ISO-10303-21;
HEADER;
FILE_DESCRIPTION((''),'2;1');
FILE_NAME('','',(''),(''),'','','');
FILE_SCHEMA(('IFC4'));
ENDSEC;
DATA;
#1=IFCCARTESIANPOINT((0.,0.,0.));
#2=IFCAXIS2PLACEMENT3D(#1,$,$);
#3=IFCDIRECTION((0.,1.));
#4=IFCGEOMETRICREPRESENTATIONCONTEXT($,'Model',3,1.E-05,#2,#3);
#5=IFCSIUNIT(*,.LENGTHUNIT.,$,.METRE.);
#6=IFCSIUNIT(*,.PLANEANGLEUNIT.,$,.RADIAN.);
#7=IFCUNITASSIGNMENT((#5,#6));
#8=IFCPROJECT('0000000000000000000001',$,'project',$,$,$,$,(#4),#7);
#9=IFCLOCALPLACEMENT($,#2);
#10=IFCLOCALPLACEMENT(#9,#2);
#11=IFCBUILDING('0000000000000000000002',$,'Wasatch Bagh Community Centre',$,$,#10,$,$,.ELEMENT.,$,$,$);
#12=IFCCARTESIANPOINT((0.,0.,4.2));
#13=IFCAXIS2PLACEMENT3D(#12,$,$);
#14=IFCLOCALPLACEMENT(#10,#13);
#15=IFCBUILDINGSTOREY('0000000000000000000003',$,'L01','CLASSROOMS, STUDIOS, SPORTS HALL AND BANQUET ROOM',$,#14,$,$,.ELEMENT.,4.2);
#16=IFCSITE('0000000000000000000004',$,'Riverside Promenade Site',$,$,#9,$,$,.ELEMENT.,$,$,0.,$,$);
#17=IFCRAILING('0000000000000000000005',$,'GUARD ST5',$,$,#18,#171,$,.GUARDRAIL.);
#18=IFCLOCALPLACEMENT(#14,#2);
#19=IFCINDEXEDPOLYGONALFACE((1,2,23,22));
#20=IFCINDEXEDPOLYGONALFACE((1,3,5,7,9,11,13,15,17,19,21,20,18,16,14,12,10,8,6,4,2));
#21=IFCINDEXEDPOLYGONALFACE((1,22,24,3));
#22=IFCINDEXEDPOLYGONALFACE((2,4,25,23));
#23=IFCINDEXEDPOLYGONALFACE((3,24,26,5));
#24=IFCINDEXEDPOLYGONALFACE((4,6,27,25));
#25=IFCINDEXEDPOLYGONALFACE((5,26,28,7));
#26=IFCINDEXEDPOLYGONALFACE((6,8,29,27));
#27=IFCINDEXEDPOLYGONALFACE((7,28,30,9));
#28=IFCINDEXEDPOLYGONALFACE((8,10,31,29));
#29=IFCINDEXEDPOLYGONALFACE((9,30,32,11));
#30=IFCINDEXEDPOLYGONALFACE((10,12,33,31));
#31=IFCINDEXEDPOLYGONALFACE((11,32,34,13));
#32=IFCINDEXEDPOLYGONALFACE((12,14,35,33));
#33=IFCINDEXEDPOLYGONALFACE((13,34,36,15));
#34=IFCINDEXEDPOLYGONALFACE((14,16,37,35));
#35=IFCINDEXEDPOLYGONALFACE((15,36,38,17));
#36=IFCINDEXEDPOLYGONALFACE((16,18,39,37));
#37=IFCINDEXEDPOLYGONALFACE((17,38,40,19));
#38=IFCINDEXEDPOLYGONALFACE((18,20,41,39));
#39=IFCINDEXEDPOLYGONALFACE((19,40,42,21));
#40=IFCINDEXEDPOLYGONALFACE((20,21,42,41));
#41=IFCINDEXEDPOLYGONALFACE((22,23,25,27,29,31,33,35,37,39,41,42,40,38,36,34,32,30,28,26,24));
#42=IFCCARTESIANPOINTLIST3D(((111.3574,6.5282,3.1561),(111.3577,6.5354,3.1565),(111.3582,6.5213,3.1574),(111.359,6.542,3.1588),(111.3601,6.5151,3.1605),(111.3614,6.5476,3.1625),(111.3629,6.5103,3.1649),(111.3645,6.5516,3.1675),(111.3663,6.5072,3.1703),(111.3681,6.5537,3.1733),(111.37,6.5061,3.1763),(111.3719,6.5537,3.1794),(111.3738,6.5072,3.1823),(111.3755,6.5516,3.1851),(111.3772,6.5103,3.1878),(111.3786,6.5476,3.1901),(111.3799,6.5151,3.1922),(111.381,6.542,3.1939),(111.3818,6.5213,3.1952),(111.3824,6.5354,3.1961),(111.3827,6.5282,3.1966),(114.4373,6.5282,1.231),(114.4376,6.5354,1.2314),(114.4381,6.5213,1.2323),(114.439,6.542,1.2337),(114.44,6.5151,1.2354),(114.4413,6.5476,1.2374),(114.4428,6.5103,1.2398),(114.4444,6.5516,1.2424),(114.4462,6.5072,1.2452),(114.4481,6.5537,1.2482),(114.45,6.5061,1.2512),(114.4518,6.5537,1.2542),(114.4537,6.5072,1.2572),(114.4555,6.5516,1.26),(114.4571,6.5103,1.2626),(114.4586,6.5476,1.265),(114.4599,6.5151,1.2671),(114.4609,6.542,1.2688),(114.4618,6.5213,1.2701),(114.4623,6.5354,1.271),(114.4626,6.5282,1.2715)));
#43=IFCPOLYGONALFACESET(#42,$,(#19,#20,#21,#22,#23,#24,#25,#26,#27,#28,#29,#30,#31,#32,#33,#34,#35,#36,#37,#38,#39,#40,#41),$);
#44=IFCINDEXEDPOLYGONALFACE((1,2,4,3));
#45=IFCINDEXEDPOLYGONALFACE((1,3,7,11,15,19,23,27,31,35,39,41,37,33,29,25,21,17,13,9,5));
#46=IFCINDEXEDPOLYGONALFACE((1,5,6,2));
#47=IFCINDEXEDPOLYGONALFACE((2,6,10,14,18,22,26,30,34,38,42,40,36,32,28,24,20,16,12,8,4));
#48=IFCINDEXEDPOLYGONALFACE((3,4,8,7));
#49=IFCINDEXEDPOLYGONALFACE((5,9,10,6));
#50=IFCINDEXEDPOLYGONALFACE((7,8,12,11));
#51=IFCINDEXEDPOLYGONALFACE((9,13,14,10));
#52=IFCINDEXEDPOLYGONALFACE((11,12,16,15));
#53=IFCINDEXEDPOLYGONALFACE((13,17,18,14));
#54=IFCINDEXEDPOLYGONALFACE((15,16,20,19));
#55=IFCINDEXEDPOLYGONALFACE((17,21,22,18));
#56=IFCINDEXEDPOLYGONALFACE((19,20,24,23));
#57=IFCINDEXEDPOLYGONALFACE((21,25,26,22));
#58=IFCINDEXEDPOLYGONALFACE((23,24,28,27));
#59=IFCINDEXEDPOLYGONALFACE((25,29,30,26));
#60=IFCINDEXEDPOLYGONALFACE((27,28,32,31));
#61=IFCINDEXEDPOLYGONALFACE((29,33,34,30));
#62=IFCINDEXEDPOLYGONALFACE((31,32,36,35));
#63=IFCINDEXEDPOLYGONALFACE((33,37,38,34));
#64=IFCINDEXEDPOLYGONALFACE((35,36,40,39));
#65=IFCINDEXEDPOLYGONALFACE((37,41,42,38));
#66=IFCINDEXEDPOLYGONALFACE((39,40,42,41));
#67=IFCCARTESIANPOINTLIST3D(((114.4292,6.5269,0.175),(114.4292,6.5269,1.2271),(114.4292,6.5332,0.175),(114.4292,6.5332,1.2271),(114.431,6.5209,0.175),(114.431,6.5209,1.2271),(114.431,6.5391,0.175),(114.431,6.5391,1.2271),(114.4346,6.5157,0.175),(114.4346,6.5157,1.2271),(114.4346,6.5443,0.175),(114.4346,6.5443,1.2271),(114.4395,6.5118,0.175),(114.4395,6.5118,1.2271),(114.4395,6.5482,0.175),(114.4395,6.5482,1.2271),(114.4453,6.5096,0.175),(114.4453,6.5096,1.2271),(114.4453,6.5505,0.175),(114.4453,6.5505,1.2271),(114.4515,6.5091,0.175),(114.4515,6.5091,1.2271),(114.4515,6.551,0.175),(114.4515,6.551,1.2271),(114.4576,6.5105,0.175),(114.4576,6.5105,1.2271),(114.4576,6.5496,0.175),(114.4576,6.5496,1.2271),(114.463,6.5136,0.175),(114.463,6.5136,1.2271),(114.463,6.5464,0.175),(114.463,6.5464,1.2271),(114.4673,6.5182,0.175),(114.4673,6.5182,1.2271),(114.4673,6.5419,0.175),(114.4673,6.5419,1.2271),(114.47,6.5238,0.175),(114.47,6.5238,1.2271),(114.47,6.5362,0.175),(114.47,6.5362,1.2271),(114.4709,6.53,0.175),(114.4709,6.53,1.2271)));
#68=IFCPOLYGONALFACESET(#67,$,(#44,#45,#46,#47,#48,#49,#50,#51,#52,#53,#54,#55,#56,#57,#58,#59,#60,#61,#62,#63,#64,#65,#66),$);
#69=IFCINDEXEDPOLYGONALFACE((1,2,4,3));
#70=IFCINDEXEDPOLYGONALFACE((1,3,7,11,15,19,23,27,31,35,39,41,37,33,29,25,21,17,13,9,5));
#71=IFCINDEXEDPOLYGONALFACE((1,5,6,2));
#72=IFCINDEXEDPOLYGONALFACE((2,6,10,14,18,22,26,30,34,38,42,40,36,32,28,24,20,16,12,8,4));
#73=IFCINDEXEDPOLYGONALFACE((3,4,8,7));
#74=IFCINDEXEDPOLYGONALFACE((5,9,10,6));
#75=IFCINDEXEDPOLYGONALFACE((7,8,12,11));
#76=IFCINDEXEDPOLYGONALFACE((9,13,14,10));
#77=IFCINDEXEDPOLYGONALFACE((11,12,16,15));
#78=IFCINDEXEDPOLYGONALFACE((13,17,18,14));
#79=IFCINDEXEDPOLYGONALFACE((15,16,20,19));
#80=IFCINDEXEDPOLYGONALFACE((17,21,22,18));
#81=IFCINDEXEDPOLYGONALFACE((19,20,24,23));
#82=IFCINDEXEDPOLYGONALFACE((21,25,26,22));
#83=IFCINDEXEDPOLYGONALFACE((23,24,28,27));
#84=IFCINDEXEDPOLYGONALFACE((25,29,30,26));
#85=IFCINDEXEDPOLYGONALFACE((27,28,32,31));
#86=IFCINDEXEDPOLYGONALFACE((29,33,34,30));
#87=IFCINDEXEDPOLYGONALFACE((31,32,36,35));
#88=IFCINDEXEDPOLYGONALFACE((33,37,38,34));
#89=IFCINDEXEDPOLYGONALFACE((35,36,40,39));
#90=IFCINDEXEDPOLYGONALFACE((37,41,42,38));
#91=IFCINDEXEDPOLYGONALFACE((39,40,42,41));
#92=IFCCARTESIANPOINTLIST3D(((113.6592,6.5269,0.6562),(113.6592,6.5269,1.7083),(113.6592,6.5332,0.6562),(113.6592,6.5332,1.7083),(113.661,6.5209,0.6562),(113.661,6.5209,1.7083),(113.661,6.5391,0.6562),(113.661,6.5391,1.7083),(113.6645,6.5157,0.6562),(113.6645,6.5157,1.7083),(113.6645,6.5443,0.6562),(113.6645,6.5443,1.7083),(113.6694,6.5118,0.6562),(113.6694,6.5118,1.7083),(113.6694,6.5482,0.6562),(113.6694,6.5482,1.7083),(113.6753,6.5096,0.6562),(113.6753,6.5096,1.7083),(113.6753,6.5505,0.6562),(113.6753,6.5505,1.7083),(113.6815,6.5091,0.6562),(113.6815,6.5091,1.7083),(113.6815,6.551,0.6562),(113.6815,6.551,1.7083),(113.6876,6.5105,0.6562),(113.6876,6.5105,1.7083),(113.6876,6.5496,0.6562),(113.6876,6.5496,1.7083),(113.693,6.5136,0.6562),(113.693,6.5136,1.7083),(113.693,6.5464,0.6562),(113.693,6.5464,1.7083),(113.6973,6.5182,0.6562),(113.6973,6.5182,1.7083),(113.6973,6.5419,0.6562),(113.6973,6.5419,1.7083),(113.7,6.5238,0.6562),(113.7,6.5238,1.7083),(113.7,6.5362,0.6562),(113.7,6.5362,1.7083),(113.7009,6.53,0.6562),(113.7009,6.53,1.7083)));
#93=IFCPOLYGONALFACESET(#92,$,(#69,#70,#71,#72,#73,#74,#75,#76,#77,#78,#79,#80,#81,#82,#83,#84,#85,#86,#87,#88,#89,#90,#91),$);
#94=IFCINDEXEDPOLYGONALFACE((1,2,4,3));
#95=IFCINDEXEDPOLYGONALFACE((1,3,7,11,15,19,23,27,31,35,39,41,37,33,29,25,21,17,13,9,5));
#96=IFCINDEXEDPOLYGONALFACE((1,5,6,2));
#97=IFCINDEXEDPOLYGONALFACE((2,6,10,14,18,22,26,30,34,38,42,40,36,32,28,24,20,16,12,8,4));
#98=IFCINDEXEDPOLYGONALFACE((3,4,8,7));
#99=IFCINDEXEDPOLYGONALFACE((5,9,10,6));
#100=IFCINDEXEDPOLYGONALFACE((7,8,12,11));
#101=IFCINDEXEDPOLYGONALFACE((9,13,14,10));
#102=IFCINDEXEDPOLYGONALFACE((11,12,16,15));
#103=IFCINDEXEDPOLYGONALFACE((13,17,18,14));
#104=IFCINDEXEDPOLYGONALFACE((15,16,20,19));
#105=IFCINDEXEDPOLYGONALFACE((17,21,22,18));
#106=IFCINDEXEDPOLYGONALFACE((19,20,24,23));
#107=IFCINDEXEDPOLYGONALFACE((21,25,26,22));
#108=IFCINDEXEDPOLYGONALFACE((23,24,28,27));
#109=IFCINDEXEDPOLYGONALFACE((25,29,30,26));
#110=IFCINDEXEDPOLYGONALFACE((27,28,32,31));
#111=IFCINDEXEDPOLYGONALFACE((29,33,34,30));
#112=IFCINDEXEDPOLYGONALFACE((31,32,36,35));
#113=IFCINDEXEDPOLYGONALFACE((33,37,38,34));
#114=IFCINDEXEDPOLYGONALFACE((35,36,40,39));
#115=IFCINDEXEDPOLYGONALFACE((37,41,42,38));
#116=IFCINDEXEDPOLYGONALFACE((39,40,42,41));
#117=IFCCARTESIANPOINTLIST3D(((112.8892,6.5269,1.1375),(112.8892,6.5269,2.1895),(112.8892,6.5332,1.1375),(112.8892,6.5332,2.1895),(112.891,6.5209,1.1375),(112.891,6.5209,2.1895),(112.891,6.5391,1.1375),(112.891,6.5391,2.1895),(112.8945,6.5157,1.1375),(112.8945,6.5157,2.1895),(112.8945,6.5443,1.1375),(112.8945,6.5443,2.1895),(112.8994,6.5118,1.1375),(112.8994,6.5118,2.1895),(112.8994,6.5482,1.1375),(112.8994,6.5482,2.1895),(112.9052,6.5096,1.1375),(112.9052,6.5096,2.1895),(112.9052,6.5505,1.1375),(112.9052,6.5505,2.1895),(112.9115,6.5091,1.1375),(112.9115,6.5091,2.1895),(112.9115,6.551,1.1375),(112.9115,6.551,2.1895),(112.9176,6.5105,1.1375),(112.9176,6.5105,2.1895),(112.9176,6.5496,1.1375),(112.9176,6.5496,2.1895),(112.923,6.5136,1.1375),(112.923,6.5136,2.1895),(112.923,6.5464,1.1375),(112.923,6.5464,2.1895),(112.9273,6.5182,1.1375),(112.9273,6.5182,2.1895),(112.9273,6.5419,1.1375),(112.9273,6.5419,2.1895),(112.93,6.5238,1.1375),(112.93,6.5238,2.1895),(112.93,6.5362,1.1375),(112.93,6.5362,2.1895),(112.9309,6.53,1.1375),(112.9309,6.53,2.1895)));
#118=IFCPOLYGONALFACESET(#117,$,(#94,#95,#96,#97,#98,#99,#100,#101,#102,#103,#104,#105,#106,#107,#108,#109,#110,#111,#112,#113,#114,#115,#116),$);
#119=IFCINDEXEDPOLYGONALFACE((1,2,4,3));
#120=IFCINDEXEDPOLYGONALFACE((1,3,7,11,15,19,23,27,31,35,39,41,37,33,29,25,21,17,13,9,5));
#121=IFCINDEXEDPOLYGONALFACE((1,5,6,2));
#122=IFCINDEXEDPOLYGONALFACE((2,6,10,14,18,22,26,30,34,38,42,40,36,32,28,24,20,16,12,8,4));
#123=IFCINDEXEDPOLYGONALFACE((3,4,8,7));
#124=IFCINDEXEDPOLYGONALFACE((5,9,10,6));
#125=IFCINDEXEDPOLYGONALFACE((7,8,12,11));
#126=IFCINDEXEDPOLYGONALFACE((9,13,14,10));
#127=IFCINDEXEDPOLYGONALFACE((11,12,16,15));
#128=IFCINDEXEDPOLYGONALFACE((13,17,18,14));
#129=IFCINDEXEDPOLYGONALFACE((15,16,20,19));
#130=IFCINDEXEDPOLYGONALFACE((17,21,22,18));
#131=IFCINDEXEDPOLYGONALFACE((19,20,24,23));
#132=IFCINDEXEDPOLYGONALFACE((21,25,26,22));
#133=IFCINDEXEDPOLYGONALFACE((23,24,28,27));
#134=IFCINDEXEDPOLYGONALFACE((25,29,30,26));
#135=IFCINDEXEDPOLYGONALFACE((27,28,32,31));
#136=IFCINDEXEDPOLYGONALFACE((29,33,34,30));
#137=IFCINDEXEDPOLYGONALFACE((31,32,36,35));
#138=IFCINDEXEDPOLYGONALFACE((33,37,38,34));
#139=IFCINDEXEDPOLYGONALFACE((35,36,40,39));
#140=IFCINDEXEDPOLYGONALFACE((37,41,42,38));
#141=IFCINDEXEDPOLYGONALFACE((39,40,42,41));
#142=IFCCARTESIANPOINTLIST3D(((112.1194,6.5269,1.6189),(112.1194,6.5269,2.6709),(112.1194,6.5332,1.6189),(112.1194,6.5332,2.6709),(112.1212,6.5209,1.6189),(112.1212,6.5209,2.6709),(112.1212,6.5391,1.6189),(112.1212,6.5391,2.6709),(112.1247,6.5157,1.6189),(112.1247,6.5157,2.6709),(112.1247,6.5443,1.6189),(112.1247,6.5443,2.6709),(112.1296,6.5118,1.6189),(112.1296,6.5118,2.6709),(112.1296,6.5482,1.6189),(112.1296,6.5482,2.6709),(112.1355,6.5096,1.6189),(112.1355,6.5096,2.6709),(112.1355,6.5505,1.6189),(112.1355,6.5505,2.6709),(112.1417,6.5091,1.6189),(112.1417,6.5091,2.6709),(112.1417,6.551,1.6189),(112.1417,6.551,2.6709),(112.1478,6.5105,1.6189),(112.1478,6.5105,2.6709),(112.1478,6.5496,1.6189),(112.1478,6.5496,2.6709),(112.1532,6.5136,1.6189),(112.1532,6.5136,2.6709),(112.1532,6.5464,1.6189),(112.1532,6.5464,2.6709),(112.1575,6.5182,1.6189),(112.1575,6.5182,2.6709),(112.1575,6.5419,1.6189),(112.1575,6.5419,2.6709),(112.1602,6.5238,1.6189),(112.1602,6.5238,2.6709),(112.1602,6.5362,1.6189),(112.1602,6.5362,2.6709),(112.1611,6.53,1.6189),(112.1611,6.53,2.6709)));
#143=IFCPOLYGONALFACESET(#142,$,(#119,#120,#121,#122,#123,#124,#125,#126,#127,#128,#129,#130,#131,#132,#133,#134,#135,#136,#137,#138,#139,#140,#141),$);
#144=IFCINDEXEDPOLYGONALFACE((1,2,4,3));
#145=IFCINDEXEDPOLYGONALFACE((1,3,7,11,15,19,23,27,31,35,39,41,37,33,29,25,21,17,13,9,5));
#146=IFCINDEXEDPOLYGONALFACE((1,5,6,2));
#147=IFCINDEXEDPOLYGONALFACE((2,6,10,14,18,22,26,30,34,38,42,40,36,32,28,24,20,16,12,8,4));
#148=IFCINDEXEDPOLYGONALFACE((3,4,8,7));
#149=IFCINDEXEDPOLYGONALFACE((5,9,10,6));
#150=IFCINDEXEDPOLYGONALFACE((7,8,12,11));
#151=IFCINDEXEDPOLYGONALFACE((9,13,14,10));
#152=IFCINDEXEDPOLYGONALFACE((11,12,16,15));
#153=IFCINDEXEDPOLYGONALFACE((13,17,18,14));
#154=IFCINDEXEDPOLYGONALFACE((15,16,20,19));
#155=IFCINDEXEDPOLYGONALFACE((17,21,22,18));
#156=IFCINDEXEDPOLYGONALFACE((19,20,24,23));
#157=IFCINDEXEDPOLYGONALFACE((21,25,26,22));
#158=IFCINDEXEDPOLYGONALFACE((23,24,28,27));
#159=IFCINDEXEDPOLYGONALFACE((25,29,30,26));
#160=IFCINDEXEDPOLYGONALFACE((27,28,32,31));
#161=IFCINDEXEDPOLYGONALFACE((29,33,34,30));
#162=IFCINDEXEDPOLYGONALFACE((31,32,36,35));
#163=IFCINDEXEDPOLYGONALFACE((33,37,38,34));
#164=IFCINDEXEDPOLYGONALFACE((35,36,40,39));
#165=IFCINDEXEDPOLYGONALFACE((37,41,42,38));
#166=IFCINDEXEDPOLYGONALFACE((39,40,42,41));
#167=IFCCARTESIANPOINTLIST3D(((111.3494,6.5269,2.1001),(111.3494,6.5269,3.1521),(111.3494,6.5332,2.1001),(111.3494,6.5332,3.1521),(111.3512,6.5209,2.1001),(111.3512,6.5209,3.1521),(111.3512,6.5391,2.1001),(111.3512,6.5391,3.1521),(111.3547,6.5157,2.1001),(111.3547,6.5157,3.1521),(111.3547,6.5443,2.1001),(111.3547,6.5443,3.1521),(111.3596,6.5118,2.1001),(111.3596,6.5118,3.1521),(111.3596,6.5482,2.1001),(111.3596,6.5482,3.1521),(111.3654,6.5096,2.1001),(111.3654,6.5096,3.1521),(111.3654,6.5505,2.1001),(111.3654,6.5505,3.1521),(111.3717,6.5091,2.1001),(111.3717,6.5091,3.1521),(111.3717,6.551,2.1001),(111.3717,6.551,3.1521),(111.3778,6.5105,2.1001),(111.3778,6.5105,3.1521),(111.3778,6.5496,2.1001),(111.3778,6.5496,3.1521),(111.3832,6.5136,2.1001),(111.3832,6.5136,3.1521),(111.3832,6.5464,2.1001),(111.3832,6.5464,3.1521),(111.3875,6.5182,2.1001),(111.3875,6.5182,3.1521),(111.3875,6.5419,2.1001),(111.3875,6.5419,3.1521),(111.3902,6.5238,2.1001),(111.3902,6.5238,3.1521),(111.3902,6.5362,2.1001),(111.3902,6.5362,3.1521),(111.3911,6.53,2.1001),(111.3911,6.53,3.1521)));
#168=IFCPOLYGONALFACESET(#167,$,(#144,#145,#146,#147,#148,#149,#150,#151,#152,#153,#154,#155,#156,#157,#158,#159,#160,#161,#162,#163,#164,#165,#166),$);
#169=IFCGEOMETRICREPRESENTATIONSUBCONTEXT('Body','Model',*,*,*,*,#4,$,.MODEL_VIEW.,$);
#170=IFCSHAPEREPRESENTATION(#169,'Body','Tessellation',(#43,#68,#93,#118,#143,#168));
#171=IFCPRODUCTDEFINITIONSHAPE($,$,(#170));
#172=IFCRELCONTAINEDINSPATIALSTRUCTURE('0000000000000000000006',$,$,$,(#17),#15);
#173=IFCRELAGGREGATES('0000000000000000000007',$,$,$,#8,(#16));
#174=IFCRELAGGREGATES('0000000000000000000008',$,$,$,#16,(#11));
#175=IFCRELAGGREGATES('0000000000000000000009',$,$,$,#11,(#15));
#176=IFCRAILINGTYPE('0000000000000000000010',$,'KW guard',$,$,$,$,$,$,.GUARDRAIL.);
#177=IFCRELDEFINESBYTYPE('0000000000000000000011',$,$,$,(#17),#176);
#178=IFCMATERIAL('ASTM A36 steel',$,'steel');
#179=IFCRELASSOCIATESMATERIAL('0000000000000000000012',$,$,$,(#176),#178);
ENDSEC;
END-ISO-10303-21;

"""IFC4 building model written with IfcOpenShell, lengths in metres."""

from ifc_helpers import new_model, si_unit, direction, frame, origin, origin_2d, place, context, subcontext, project, spatial, circle, extrude, material, type_object, element, save


model = new_model("IFC4")

# Units and contexts
model_context = context("Model", 3, precision=1e-05, world=origin(), true_north=direction((0.0, 1.0)))
body_context = subcontext(model_context, "Body", "Model", "MODEL_VIEW")
ifc_project = project(units=[si_unit("LENGTHUNIT", "METRE"), si_unit("PLANEANGLEUNIT", "RADIAN")], contexts=[model_context])

# Site, building, storey
site_placement = place(None, origin())
site = spatial("IfcSite", under=ifc_project, at=site_placement, Name="Riverside Promenade Site", CompositionType="ELEMENT", RefElevation=0.0)
building_placement = place(site_placement, origin())
building = spatial("IfcBuilding", under=site, at=building_placement, Name="Wasatch Bagh Community Centre", CompositionType="ELEMENT")
storey_placement = place(building_placement, frame((0.0, 0.0, 4.2)))
storey = spatial("IfcBuildingStorey", under=building, at=storey_placement, Name="L01", Description="CLASSROOMS, STUDIOS, SPORTS HALL AND BANQUET ROOM", CompositionType="ELEMENT", Elevation=4.2)

# Railing
ifc_material_1 = material(Name="ASTM A36 steel", Category="steel")
railing_type_1 = type_object("IfcRailingType", Name="KW guard", PredefinedType="GUARDRAIL", material=ifc_material_1)
railing_1_placement = place(storey_placement, frame((114.45, 6.53, 0.175)))
element("IfcRailing", 1, at=railing_1_placement, inside=storey, type_object=railing_type_1, Name="GUARD ST5", PredefinedType="GUARDRAIL", context=body_context, shape_type="SweptSolid", body=[
    extrude(circle(Radius=0.0239, at=origin_2d()), frame((0.0, 0.0, 1.0762), z_axis=(-0.847979, 0.0, 0.530029), x_axis=(0.0, -1.0, 0.0)), (0.0, 0.0, 1.0), 3.6321),
    extrude(circle(Radius=0.021, at=origin_2d()), origin(), (0.0, 0.0, 1.0), 1.052),
    extrude(circle(Radius=0.021, at=origin_2d()), frame((-0.77, 0.0, 0.4812)), (0.0, 0.0, 1.0), 1.052),
    extrude(circle(Radius=0.021, at=origin_2d()), frame((-1.54, 0.0, 0.9624)), (0.0, 0.0, 1.0), 1.052),
    extrude(circle(Radius=0.021, at=origin_2d()), frame((-2.3098, 0.0, 1.4438)), (0.0, 0.0, 1.0), 1.052),
    extrude(circle(Radius=0.021, at=origin_2d()), frame((-3.0798, 0.0, 1.925)), (0.0, 0.0, 1.0), 1.052),
])

save(model, "model.ifc")
